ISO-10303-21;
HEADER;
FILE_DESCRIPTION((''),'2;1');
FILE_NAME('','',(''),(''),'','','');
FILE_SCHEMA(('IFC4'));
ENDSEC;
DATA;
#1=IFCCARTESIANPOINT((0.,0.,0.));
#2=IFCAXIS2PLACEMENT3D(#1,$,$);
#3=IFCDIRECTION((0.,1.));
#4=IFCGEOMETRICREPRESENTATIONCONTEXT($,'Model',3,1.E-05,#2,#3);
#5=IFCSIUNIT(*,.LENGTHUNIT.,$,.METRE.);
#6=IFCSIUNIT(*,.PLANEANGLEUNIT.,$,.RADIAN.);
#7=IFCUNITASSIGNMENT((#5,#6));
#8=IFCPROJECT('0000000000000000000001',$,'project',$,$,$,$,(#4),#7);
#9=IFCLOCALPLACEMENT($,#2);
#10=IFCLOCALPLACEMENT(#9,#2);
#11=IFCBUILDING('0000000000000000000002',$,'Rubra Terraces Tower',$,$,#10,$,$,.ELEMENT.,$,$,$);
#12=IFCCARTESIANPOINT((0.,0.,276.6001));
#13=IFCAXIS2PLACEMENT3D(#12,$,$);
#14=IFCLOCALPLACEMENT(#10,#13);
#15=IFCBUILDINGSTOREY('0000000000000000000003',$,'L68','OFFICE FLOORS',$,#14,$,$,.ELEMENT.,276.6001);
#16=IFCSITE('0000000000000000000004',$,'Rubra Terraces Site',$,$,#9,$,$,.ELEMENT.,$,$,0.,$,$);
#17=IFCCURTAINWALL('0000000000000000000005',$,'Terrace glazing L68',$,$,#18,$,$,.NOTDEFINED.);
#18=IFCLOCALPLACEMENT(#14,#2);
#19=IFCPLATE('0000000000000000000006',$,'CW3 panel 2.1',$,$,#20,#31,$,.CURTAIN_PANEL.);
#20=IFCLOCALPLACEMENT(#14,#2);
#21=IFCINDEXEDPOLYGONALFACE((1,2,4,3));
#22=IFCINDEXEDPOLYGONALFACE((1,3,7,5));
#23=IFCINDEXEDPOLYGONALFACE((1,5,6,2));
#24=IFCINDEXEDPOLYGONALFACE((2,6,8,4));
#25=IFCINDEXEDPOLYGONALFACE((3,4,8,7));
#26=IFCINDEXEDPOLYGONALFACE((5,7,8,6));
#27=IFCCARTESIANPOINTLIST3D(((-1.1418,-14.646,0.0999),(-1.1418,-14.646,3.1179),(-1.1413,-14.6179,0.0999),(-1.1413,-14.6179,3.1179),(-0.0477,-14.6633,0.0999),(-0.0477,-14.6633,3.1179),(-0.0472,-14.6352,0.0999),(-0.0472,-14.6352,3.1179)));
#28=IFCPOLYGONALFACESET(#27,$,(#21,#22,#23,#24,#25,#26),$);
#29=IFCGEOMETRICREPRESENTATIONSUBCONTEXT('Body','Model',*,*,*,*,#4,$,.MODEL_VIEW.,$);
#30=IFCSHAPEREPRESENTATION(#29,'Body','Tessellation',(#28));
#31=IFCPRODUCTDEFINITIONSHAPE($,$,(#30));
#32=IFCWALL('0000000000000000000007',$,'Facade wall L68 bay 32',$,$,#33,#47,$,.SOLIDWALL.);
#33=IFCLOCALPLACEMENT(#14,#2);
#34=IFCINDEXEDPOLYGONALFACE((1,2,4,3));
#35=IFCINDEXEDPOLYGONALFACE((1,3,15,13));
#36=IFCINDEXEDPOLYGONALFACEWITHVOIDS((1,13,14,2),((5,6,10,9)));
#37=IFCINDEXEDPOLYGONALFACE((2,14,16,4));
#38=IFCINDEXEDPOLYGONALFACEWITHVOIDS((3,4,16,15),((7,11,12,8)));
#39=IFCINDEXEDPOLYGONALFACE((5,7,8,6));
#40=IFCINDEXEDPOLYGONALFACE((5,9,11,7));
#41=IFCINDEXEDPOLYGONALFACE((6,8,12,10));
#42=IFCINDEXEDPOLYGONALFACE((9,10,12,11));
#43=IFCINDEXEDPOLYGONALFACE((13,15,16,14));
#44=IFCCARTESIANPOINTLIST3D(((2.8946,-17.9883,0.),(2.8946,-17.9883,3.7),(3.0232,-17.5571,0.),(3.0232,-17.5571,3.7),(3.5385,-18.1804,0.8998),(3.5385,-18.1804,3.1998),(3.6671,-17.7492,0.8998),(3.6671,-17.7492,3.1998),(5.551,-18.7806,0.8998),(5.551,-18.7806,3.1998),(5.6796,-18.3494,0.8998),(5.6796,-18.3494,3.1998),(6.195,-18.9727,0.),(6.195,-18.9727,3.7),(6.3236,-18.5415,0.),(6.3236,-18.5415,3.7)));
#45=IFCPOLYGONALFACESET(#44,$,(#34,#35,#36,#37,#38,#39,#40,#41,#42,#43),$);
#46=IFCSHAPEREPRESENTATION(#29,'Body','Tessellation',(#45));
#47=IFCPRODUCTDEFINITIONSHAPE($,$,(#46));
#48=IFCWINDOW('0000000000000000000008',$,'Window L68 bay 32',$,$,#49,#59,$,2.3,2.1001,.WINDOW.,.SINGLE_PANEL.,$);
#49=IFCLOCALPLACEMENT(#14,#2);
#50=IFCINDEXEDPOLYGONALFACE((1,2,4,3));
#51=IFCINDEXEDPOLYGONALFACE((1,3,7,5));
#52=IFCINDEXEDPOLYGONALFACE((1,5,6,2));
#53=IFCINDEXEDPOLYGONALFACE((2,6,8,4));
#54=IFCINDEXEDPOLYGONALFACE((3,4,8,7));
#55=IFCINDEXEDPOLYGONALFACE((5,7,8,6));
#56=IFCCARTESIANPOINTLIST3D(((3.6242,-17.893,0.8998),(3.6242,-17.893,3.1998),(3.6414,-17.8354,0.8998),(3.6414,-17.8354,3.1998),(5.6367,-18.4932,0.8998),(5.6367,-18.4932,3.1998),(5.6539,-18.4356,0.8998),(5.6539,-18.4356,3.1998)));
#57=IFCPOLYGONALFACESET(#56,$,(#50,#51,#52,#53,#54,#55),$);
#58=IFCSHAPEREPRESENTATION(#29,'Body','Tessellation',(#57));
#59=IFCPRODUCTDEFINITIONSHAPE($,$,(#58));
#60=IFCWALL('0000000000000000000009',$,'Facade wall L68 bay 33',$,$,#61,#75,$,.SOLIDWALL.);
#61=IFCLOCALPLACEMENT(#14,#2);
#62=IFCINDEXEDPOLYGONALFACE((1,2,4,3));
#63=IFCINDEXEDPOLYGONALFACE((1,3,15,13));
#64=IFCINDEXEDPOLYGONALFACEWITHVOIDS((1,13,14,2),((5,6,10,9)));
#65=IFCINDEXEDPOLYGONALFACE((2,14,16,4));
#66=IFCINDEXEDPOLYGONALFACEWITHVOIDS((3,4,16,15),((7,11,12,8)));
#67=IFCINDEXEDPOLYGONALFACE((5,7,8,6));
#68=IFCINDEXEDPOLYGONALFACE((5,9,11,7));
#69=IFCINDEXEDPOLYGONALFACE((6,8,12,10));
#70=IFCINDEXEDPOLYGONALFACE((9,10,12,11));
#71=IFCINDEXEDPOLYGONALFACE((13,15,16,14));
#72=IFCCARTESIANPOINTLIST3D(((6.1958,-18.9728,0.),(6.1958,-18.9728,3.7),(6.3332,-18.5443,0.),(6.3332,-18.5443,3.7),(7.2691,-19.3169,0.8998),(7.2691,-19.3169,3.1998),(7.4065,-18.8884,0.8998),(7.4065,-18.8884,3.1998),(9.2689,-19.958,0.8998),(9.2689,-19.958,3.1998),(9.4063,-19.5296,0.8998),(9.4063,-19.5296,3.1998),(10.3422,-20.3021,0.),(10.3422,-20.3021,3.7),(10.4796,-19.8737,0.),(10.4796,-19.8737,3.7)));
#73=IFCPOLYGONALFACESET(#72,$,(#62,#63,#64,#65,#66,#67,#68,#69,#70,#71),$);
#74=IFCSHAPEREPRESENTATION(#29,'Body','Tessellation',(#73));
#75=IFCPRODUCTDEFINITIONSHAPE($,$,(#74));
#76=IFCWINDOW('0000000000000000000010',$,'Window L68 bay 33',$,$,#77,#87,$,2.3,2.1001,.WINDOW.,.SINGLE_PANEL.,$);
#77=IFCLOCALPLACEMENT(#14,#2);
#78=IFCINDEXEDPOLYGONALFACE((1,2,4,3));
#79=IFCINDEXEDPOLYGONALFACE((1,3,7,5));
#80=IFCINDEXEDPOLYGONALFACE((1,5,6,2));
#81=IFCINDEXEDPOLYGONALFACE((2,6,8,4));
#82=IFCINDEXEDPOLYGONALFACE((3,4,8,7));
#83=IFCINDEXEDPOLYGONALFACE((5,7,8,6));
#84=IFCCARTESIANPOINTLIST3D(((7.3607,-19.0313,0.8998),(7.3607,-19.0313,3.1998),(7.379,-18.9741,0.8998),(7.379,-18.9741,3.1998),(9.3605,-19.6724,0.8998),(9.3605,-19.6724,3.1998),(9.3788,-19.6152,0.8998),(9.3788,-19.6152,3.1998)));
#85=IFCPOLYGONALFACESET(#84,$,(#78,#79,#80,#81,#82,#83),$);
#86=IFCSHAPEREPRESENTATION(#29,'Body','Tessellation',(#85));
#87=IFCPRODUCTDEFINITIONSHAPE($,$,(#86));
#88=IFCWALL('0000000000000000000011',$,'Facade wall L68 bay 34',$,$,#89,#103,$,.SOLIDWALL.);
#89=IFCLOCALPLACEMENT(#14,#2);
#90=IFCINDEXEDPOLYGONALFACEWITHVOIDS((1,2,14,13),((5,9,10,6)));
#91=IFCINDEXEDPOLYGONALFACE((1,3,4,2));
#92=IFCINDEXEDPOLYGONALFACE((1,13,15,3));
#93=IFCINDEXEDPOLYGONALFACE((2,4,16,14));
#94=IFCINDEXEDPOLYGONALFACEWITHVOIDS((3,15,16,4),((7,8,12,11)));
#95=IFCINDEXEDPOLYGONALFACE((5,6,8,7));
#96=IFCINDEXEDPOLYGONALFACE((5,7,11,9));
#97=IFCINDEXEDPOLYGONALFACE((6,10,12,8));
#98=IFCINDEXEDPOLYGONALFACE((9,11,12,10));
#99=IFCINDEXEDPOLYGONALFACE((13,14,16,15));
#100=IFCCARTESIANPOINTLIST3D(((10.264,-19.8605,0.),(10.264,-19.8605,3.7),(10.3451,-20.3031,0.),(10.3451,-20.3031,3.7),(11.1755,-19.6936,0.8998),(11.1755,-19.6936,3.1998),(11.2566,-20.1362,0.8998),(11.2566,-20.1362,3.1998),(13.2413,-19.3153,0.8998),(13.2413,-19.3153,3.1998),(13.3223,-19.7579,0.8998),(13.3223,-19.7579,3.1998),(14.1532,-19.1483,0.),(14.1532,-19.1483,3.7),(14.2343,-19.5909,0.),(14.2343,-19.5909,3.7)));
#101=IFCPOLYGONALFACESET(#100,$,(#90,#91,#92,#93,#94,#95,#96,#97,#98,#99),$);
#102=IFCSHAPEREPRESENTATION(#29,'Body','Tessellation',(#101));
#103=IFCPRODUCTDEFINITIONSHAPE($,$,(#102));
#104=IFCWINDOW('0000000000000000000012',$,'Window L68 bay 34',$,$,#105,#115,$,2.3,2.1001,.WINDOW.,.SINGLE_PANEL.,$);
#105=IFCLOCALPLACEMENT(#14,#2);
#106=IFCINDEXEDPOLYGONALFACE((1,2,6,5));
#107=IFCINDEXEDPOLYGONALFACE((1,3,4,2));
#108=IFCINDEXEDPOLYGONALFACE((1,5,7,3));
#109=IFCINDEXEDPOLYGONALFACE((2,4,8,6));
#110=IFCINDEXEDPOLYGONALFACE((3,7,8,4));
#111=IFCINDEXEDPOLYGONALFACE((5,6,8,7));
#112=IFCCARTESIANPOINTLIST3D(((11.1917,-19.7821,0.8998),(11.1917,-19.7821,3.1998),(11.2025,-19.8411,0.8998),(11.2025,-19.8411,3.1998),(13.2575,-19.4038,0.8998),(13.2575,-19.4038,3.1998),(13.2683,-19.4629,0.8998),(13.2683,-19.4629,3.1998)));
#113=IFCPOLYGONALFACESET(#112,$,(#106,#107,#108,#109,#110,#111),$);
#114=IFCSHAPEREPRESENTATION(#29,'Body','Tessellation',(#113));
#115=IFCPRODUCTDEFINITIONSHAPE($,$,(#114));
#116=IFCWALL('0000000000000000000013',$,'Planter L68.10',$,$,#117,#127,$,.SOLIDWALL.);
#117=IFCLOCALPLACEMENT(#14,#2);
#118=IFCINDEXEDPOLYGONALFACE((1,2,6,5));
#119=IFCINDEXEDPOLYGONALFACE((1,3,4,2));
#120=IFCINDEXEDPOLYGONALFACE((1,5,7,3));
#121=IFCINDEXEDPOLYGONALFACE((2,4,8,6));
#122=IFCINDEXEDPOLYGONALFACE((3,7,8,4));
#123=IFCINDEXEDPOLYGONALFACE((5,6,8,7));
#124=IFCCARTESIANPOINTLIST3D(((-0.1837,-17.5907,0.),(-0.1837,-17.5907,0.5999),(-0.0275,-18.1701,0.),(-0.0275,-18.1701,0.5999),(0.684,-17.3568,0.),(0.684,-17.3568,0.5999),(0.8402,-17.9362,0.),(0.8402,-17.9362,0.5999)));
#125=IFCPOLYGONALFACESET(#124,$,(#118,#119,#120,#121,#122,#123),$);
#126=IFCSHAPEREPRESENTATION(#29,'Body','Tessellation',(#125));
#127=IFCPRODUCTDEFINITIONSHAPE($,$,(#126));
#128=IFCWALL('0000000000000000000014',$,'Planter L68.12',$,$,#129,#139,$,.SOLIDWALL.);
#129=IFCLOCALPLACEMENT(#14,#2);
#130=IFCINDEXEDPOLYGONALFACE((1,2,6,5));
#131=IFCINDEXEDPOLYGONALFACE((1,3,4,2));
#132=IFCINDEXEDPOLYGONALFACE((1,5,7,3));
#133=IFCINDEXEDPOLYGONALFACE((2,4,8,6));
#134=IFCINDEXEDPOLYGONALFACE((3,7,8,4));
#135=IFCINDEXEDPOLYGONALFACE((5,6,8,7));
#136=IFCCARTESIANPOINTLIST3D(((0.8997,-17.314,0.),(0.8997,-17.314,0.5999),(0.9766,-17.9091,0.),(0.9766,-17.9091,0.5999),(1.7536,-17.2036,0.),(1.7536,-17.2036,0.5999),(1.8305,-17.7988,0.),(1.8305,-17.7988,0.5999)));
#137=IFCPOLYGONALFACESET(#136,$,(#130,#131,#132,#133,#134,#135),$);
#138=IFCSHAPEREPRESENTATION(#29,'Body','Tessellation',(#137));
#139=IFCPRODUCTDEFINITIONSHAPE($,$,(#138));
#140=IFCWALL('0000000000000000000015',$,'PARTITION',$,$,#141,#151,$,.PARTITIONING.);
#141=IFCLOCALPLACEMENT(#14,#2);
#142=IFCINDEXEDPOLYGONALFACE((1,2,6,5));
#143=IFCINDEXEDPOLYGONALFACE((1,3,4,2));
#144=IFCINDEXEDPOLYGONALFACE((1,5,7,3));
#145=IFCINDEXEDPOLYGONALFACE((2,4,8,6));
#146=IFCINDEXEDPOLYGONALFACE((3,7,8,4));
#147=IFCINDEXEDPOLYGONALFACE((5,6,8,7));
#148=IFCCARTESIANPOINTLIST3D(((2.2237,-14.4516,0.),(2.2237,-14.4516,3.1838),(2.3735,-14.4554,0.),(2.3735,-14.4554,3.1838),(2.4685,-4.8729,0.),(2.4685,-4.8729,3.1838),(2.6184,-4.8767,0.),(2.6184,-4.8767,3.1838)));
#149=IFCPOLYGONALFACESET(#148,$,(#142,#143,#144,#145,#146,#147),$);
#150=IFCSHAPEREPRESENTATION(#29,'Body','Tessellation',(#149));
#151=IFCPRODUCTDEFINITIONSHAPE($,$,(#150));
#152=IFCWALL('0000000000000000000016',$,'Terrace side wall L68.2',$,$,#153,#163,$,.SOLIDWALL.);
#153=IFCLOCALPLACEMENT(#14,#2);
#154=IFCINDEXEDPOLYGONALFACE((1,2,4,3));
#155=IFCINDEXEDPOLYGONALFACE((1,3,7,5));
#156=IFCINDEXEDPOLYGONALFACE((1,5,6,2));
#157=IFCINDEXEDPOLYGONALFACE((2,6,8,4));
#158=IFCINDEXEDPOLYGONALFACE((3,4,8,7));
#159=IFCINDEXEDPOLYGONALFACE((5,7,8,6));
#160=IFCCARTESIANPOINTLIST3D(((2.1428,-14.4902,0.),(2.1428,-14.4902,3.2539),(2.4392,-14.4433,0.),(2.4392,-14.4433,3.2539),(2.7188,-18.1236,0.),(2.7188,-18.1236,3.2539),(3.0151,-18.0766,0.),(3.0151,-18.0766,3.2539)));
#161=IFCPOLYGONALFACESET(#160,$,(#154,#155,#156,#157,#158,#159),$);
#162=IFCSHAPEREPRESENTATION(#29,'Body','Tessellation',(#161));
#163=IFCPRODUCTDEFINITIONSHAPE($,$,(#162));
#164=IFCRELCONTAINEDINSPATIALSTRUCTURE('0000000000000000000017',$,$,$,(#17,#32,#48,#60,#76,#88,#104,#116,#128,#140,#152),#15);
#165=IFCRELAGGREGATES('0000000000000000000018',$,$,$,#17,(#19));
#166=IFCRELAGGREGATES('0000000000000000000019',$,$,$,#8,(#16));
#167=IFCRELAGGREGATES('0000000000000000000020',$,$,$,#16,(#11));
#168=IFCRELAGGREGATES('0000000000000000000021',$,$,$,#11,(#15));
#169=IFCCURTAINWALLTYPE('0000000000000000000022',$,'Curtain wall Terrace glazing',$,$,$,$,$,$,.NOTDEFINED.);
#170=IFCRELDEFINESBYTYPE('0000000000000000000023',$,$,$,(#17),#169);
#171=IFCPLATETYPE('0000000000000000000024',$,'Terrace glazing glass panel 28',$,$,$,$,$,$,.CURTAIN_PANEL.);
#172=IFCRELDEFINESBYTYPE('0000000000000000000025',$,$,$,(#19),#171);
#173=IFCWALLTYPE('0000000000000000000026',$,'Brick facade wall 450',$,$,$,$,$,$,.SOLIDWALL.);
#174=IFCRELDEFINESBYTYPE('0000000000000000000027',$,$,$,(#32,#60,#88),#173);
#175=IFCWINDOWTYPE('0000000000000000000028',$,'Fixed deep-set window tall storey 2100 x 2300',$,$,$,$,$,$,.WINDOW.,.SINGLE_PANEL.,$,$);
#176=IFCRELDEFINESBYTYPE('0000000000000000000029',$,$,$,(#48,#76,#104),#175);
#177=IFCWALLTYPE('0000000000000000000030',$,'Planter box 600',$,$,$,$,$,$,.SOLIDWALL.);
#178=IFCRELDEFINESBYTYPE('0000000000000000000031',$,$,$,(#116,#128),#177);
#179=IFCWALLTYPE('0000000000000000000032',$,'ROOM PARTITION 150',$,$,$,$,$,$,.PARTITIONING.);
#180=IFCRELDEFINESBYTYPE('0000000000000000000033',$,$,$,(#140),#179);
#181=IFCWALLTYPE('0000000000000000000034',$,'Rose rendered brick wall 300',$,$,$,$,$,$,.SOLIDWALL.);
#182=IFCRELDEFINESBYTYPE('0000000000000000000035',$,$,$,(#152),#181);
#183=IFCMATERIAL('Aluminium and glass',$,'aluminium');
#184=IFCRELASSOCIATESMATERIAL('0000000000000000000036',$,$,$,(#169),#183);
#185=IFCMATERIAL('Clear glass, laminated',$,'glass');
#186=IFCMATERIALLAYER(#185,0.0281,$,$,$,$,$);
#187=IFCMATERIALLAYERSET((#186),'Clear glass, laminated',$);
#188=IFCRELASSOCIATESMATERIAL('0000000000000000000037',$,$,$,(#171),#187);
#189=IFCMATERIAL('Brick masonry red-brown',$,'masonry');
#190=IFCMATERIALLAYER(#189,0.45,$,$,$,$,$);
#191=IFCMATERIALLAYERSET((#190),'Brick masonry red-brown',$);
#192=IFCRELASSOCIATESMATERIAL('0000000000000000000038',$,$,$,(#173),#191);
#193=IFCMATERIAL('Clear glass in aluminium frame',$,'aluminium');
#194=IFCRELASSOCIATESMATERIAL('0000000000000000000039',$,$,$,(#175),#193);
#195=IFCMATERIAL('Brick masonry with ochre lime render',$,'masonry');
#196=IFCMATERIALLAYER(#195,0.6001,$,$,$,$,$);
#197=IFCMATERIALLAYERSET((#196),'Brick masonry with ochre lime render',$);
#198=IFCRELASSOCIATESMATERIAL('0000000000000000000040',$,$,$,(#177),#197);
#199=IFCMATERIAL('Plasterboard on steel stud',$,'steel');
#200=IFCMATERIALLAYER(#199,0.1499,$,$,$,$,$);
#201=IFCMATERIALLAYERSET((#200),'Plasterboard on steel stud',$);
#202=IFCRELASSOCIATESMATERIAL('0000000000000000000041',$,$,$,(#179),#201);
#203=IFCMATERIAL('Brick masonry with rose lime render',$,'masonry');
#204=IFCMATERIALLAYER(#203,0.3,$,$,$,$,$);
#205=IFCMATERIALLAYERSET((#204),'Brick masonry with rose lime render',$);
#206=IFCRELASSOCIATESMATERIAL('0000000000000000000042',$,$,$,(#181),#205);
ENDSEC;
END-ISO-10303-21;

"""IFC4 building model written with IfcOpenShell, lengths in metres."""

from ifc_helpers import new_model, si_unit, direction, frame, frame_2d, origin, origin_2d, place, context, subcontext, project, spatial, rectangle, extrude, material, layer, layer_set, type_object, element, fill, aggregate, save


model = new_model("IFC4")

# Units and contexts
model_context = context("Model", 3, precision=1e-05, world=origin(), true_north=direction((0.0, 1.0)))
body_context = subcontext(model_context, "Body", "Model", "MODEL_VIEW")
ifc_project = project(units=[si_unit("LENGTHUNIT", "METRE"), si_unit("PLANEANGLEUNIT", "RADIAN")], contexts=[model_context])

# Site, building, storey
site_placement = place(None, origin())
site = spatial("IfcSite", under=ifc_project, at=site_placement, Name="Rubra Terraces Site", CompositionType="ELEMENT", RefElevation=0.0)
building_placement = place(site_placement, origin())
building = spatial("IfcBuilding", under=site, at=building_placement, Name="Rubra Terraces Tower", CompositionType="ELEMENT")
storey_placement = place(building_placement, frame((0.0, 0.0, 276.6001)))
storey = spatial("IfcBuildingStorey", under=building, at=storey_placement, Name="L68", Description="OFFICE FLOORS", CompositionType="ELEMENT", Elevation=276.6001)

# Curtain wall, plate
ifc_material_1 = material(Name="Aluminium and glass", Category="aluminium")
curtain_wall_type = type_object("IfcCurtainWallType", Name="Curtain wall Terrace glazing", PredefinedType="NOTDEFINED", material=ifc_material_1)
curtain_wall_placement = place(storey_placement, origin())
curtain_wall = element("IfcCurtainWall", 1, at=curtain_wall_placement, inside=storey, type_object=curtain_wall_type, Name="Terrace glazing L68", PredefinedType="NOTDEFINED")
ifc_material_2 = material(Name="Clear glass, laminated", Category="glass")
ifc_layer_1 = layer(ifc_material_2, 0.0281)
ifc_layer_set_1 = layer_set([ifc_layer_1], Name="Clear glass, laminated")
plate_type = type_object("IfcPlateType", Name="Terrace glazing glass panel 28", PredefinedType="CURTAIN_PANEL", material=ifc_layer_set_1)
plate_placement = place(storey_placement, frame((-0.5945, -14.6406, 0.0999), z_axis=(0.0, 0.0, 1.0), x_axis=(0.999875, -0.015824, 0.0)))
plate = element("IfcPlate", 2, at=plate_placement, type_object=plate_type, Name="CW3 panel 2.1", PredefinedType="CURTAIN_PANEL", context=body_context, shape_type="SweptSolid", body=[
    extrude(rectangle(XDim=1.0942, YDim=0.0281, at=origin_2d()), origin(), (0.0, 0.0, 1.0), 3.0181),
])
aggregate(curtain_wall, [plate])

# Walls, openings, windows
ifc_material_3 = material(Name="Brick masonry red-brown", Category="masonry")
ifc_layer_2 = layer(ifc_material_3, 0.45)
ifc_layer_set_2 = layer_set([ifc_layer_2], Name="Brick masonry red-brown")
wall_type_1 = type_object("IfcWallType", Name="Brick facade wall 450", PredefinedType="SOLIDWALL", material=ifc_layer_set_2)
wall_1_placement = place(storey_placement, frame((2.9587, -17.7727, 0.0), z_axis=(0.0, 0.0, 1.0), x_axis=(0.958287, -0.285806, 0.0)))
wall_1 = element("IfcWall", 3, at=wall_1_placement, inside=storey, type_object=wall_type_1, Name="Facade wall L68 bay 32", PredefinedType="SOLIDWALL", context=body_context, shape_type="SweptSolid", body=[
    extrude(rectangle(XDim=3.4441, YDim=0.45, at=frame_2d((1.7222, 0.0))), origin(), (0.0, 0.0, 1.0), 3.7),
])
opening_1_placement = place(wall_1_placement, frame((0.6721, 0.0, 0.8999)))
opening_1 = element("IfcOpeningElement", 4, at=opening_1_placement, cuts=wall_1, PredefinedType="OPENING", context=body_context, shape_type="SweptSolid", body=[
    extrude(rectangle(XDim=2.1001, YDim=2.3, at=frame_2d((1.05, 1.1499))), frame((0.0, 0.2349, 0.0), z_axis=(0.0, -1.0, 0.0), x_axis=(1.0, 0.0, 0.0)), (0.0, 0.0, 1.0), 0.47),
])
ifc_material_4 = material(Name="Clear glass in aluminium frame", Category="aluminium")
window_type = type_object("IfcWindowType", Name="Fixed deep-set window tall storey 2100 x 2300", PartitioningType="SINGLE_PANEL", PredefinedType="WINDOW", material=ifc_material_4)
window_1_placement = place(opening_1_placement, origin())
window_1 = element("IfcWindow", 5, at=window_1_placement, inside=storey, type_object=window_type, Name="Window L68 bay 32", OverallHeight=2.3, OverallWidth=2.1001, PartitioningType="SINGLE_PANEL", PredefinedType="WINDOW", context=body_context, shape_type="SweptSolid", body=[
    extrude(rectangle(XDim=2.1001, YDim=2.3, at=frame_2d((1.05, 1.1499))), frame((0.0, 0.135, 0.0), z_axis=(0.0, -1.0, 0.0), x_axis=(1.0, 0.0, 0.0)), (0.0, 0.0, 1.0), 0.0601),
])
fill(opening_1, window_1)
wall_2_placement = place(storey_placement, frame((6.2644, -18.7585, 0.0), z_axis=(0.0, 0.0, 1.0), x_axis=(0.952259, -0.30529, 0.0)))
wall_2 = element("IfcWall", 6, at=wall_2_placement, inside=storey, type_object=wall_type_1, Name="Facade wall L68 bay 33", PredefinedType="SOLIDWALL", context=body_context, shape_type="SweptSolid", body=[
    extrude(rectangle(XDim=4.3542, YDim=0.45, at=frame_2d((2.1772, 0.0))), origin(), (0.0, 0.0, 1.0), 3.7),
])
opening_2_placement = place(wall_2_placement, frame((1.1272, 0.0, 0.8999)))
opening_2 = element("IfcOpeningElement", 7, at=opening_2_placement, cuts=wall_2, PredefinedType="OPENING", context=body_context, shape_type="SweptSolid", body=[
    extrude(rectangle(XDim=2.1001, YDim=2.3, at=frame_2d((1.05, 1.1499))), frame((0.0, 0.2349, 0.0), z_axis=(0.0, -1.0, 0.0), x_axis=(1.0, 0.0, 0.0)), (0.0, 0.0, 1.0), 0.47),
])
window_2_placement = place(opening_2_placement, origin())
window_2 = element("IfcWindow", 8, at=window_2_placement, inside=storey, type_object=window_type, Name="Window L68 bay 33", OverallHeight=2.3, OverallWidth=2.1001, PartitioningType="SINGLE_PANEL", PredefinedType="WINDOW", context=body_context, shape_type="SweptSolid", body=[
    extrude(rectangle(XDim=2.1001, YDim=2.3, at=frame_2d((1.05, 1.1499))), frame((0.0, 0.135, 0.0), z_axis=(0.0, -1.0, 0.0), x_axis=(1.0, 0.0, 0.0)), (0.0, 0.0, 1.0), 0.0601),
])
fill(opening_2, window_2)
wall_3_placement = place(storey_placement, frame((10.3044, -20.0818, 0.0), z_axis=(0.0, 0.0, 1.0), x_axis=(0.983645, 0.180119, 0.0)))
wall_3 = element("IfcWall", 9, at=wall_3_placement, inside=storey, type_object=wall_type_1, Name="Facade wall L68 bay 34", PredefinedType="SOLIDWALL", context=body_context, shape_type="SweptSolid", body=[
    extrude(rectangle(XDim=3.9539, YDim=0.45, at=frame_2d((1.9771, 0.0))), origin(), (0.0, 0.0, 1.0), 3.7),
])
opening_3_placement = place(wall_3_placement, frame((0.9268, 0.0, 0.8999)))
opening_3 = element("IfcOpeningElement", 10, at=opening_3_placement, cuts=wall_3, PredefinedType="OPENING", context=body_context, shape_type="SweptSolid", body=[
    extrude(rectangle(XDim=2.1001, YDim=2.3, at=frame_2d((1.05, 1.1499))), frame((0.0, 0.2349, 0.0), z_axis=(0.0, -1.0, 0.0), x_axis=(1.0, 0.0, 0.0)), (0.0, 0.0, 1.0), 0.47),
])
window_3_placement = place(opening_3_placement, origin())
window_3 = element("IfcWindow", 11, at=window_3_placement, inside=storey, type_object=window_type, Name="Window L68 bay 34", OverallHeight=2.3, OverallWidth=2.1001, PartitioningType="SINGLE_PANEL", PredefinedType="WINDOW", context=body_context, shape_type="SweptSolid", body=[
    extrude(rectangle(XDim=2.1001, YDim=2.3, at=frame_2d((1.05, 1.1499))), frame((0.0, 0.135, 0.0), z_axis=(0.0, -1.0, 0.0), x_axis=(1.0, 0.0, 0.0)), (0.0, 0.0, 1.0), 0.0601),
])
fill(opening_3, window_3)

# Shared definitions
ifc_material_5 = material(Name="Brick masonry with ochre lime render", Category="masonry")

# Walls
ifc_layer_3 = layer(ifc_material_5, 0.6001)
ifc_layer_set_3 = layer_set([ifc_layer_3], Name="Brick masonry with ochre lime render")
wall_type_2 = type_object("IfcWallType", Name="Planter box 600", PredefinedType="SOLIDWALL", material=ifc_layer_set_3)
wall_4_placement = place(storey_placement, frame((-0.1055, -17.8804, 0.0), z_axis=(0.0, 0.0, 1.0), x_axis=(0.965537, 0.260266, 0.0)))
element("IfcWall", 12, at=wall_4_placement, inside=storey, type_object=wall_type_2, Name="Planter L68.10", PredefinedType="SOLIDWALL", context=body_context, shape_type="SweptSolid", body=[
    extrude(rectangle(XDim=0.8987, YDim=0.6001, at=frame_2d((0.4492, 0.0))), origin(), (0.0, 0.0, 1.0), 0.5999),
])
wall_5_placement = place(storey_placement, frame((0.938, -17.6116, 0.0), z_axis=(0.0, 0.0, 1.0), x_axis=(0.991755, 0.128151, 0.0)))
element("IfcWall", 13, at=wall_5_placement, inside=storey, type_object=wall_type_2, Name="Planter L68.12", PredefinedType="SOLIDWALL", context=body_context, shape_type="SweptSolid", body=[
    extrude(rectangle(XDim=0.8611, YDim=0.6001, at=frame_2d((0.4307, 0.0))), origin(), (0.0, 0.0, 1.0), 0.5999),
])
ifc_material_6 = material(Name="Plasterboard on steel stud", Category="steel")
ifc_layer_4 = layer(ifc_material_6, 0.1499)
ifc_layer_set_4 = layer_set([ifc_layer_4], Name="Plasterboard on steel stud")
wall_type_3 = type_object("IfcWallType", Name="ROOM PARTITION 150", PredefinedType="PARTITIONING", material=ifc_layer_set_4)
wall_6_placement = place(storey_placement, frame((2.2986, -14.4536, 0.0), z_axis=(0.0, 0.0, 1.0), x_axis=(0.025556, 0.999673, 0.0)))
element("IfcWall", 14, at=wall_6_placement, inside=storey, type_object=wall_type_3, Name="PARTITION", PredefinedType="PARTITIONING", context=body_context, shape_type="SweptSolid", body=[
    extrude(rectangle(XDim=9.5818, YDim=0.1499, at=frame_2d((4.791, 0.0))), origin(), (0.0, 0.0, 1.0), 3.1838),
])
ifc_material_7 = material(Name="Brick masonry with rose lime render", Category="masonry")
ifc_layer_5 = layer(ifc_material_7, 0.3)
ifc_layer_set_5 = layer_set([ifc_layer_5], Name="Brick masonry with rose lime render")
wall_type_4 = type_object("IfcWallType", Name="Rose rendered brick wall 300", PredefinedType="SOLIDWALL", material=ifc_layer_set_5)
wall_7_placement = place(storey_placement, frame((2.8669, -18.1001, 0.0), z_axis=(0.0, 0.0, 1.0), x_axis=(-0.156559, 0.987669, 0.0)))
element("IfcWall", 15, at=wall_7_placement, inside=storey, type_object=wall_type_4, Name="Terrace side wall L68.2", PredefinedType="SOLIDWALL", context=body_context, shape_type="SweptSolid", body=[
    extrude(rectangle(XDim=3.6787, YDim=0.3, at=frame_2d((1.8394, 0.0))), origin(), (0.0, 0.0, 1.0), 3.2539),
])

save(model, "model.ifc")
